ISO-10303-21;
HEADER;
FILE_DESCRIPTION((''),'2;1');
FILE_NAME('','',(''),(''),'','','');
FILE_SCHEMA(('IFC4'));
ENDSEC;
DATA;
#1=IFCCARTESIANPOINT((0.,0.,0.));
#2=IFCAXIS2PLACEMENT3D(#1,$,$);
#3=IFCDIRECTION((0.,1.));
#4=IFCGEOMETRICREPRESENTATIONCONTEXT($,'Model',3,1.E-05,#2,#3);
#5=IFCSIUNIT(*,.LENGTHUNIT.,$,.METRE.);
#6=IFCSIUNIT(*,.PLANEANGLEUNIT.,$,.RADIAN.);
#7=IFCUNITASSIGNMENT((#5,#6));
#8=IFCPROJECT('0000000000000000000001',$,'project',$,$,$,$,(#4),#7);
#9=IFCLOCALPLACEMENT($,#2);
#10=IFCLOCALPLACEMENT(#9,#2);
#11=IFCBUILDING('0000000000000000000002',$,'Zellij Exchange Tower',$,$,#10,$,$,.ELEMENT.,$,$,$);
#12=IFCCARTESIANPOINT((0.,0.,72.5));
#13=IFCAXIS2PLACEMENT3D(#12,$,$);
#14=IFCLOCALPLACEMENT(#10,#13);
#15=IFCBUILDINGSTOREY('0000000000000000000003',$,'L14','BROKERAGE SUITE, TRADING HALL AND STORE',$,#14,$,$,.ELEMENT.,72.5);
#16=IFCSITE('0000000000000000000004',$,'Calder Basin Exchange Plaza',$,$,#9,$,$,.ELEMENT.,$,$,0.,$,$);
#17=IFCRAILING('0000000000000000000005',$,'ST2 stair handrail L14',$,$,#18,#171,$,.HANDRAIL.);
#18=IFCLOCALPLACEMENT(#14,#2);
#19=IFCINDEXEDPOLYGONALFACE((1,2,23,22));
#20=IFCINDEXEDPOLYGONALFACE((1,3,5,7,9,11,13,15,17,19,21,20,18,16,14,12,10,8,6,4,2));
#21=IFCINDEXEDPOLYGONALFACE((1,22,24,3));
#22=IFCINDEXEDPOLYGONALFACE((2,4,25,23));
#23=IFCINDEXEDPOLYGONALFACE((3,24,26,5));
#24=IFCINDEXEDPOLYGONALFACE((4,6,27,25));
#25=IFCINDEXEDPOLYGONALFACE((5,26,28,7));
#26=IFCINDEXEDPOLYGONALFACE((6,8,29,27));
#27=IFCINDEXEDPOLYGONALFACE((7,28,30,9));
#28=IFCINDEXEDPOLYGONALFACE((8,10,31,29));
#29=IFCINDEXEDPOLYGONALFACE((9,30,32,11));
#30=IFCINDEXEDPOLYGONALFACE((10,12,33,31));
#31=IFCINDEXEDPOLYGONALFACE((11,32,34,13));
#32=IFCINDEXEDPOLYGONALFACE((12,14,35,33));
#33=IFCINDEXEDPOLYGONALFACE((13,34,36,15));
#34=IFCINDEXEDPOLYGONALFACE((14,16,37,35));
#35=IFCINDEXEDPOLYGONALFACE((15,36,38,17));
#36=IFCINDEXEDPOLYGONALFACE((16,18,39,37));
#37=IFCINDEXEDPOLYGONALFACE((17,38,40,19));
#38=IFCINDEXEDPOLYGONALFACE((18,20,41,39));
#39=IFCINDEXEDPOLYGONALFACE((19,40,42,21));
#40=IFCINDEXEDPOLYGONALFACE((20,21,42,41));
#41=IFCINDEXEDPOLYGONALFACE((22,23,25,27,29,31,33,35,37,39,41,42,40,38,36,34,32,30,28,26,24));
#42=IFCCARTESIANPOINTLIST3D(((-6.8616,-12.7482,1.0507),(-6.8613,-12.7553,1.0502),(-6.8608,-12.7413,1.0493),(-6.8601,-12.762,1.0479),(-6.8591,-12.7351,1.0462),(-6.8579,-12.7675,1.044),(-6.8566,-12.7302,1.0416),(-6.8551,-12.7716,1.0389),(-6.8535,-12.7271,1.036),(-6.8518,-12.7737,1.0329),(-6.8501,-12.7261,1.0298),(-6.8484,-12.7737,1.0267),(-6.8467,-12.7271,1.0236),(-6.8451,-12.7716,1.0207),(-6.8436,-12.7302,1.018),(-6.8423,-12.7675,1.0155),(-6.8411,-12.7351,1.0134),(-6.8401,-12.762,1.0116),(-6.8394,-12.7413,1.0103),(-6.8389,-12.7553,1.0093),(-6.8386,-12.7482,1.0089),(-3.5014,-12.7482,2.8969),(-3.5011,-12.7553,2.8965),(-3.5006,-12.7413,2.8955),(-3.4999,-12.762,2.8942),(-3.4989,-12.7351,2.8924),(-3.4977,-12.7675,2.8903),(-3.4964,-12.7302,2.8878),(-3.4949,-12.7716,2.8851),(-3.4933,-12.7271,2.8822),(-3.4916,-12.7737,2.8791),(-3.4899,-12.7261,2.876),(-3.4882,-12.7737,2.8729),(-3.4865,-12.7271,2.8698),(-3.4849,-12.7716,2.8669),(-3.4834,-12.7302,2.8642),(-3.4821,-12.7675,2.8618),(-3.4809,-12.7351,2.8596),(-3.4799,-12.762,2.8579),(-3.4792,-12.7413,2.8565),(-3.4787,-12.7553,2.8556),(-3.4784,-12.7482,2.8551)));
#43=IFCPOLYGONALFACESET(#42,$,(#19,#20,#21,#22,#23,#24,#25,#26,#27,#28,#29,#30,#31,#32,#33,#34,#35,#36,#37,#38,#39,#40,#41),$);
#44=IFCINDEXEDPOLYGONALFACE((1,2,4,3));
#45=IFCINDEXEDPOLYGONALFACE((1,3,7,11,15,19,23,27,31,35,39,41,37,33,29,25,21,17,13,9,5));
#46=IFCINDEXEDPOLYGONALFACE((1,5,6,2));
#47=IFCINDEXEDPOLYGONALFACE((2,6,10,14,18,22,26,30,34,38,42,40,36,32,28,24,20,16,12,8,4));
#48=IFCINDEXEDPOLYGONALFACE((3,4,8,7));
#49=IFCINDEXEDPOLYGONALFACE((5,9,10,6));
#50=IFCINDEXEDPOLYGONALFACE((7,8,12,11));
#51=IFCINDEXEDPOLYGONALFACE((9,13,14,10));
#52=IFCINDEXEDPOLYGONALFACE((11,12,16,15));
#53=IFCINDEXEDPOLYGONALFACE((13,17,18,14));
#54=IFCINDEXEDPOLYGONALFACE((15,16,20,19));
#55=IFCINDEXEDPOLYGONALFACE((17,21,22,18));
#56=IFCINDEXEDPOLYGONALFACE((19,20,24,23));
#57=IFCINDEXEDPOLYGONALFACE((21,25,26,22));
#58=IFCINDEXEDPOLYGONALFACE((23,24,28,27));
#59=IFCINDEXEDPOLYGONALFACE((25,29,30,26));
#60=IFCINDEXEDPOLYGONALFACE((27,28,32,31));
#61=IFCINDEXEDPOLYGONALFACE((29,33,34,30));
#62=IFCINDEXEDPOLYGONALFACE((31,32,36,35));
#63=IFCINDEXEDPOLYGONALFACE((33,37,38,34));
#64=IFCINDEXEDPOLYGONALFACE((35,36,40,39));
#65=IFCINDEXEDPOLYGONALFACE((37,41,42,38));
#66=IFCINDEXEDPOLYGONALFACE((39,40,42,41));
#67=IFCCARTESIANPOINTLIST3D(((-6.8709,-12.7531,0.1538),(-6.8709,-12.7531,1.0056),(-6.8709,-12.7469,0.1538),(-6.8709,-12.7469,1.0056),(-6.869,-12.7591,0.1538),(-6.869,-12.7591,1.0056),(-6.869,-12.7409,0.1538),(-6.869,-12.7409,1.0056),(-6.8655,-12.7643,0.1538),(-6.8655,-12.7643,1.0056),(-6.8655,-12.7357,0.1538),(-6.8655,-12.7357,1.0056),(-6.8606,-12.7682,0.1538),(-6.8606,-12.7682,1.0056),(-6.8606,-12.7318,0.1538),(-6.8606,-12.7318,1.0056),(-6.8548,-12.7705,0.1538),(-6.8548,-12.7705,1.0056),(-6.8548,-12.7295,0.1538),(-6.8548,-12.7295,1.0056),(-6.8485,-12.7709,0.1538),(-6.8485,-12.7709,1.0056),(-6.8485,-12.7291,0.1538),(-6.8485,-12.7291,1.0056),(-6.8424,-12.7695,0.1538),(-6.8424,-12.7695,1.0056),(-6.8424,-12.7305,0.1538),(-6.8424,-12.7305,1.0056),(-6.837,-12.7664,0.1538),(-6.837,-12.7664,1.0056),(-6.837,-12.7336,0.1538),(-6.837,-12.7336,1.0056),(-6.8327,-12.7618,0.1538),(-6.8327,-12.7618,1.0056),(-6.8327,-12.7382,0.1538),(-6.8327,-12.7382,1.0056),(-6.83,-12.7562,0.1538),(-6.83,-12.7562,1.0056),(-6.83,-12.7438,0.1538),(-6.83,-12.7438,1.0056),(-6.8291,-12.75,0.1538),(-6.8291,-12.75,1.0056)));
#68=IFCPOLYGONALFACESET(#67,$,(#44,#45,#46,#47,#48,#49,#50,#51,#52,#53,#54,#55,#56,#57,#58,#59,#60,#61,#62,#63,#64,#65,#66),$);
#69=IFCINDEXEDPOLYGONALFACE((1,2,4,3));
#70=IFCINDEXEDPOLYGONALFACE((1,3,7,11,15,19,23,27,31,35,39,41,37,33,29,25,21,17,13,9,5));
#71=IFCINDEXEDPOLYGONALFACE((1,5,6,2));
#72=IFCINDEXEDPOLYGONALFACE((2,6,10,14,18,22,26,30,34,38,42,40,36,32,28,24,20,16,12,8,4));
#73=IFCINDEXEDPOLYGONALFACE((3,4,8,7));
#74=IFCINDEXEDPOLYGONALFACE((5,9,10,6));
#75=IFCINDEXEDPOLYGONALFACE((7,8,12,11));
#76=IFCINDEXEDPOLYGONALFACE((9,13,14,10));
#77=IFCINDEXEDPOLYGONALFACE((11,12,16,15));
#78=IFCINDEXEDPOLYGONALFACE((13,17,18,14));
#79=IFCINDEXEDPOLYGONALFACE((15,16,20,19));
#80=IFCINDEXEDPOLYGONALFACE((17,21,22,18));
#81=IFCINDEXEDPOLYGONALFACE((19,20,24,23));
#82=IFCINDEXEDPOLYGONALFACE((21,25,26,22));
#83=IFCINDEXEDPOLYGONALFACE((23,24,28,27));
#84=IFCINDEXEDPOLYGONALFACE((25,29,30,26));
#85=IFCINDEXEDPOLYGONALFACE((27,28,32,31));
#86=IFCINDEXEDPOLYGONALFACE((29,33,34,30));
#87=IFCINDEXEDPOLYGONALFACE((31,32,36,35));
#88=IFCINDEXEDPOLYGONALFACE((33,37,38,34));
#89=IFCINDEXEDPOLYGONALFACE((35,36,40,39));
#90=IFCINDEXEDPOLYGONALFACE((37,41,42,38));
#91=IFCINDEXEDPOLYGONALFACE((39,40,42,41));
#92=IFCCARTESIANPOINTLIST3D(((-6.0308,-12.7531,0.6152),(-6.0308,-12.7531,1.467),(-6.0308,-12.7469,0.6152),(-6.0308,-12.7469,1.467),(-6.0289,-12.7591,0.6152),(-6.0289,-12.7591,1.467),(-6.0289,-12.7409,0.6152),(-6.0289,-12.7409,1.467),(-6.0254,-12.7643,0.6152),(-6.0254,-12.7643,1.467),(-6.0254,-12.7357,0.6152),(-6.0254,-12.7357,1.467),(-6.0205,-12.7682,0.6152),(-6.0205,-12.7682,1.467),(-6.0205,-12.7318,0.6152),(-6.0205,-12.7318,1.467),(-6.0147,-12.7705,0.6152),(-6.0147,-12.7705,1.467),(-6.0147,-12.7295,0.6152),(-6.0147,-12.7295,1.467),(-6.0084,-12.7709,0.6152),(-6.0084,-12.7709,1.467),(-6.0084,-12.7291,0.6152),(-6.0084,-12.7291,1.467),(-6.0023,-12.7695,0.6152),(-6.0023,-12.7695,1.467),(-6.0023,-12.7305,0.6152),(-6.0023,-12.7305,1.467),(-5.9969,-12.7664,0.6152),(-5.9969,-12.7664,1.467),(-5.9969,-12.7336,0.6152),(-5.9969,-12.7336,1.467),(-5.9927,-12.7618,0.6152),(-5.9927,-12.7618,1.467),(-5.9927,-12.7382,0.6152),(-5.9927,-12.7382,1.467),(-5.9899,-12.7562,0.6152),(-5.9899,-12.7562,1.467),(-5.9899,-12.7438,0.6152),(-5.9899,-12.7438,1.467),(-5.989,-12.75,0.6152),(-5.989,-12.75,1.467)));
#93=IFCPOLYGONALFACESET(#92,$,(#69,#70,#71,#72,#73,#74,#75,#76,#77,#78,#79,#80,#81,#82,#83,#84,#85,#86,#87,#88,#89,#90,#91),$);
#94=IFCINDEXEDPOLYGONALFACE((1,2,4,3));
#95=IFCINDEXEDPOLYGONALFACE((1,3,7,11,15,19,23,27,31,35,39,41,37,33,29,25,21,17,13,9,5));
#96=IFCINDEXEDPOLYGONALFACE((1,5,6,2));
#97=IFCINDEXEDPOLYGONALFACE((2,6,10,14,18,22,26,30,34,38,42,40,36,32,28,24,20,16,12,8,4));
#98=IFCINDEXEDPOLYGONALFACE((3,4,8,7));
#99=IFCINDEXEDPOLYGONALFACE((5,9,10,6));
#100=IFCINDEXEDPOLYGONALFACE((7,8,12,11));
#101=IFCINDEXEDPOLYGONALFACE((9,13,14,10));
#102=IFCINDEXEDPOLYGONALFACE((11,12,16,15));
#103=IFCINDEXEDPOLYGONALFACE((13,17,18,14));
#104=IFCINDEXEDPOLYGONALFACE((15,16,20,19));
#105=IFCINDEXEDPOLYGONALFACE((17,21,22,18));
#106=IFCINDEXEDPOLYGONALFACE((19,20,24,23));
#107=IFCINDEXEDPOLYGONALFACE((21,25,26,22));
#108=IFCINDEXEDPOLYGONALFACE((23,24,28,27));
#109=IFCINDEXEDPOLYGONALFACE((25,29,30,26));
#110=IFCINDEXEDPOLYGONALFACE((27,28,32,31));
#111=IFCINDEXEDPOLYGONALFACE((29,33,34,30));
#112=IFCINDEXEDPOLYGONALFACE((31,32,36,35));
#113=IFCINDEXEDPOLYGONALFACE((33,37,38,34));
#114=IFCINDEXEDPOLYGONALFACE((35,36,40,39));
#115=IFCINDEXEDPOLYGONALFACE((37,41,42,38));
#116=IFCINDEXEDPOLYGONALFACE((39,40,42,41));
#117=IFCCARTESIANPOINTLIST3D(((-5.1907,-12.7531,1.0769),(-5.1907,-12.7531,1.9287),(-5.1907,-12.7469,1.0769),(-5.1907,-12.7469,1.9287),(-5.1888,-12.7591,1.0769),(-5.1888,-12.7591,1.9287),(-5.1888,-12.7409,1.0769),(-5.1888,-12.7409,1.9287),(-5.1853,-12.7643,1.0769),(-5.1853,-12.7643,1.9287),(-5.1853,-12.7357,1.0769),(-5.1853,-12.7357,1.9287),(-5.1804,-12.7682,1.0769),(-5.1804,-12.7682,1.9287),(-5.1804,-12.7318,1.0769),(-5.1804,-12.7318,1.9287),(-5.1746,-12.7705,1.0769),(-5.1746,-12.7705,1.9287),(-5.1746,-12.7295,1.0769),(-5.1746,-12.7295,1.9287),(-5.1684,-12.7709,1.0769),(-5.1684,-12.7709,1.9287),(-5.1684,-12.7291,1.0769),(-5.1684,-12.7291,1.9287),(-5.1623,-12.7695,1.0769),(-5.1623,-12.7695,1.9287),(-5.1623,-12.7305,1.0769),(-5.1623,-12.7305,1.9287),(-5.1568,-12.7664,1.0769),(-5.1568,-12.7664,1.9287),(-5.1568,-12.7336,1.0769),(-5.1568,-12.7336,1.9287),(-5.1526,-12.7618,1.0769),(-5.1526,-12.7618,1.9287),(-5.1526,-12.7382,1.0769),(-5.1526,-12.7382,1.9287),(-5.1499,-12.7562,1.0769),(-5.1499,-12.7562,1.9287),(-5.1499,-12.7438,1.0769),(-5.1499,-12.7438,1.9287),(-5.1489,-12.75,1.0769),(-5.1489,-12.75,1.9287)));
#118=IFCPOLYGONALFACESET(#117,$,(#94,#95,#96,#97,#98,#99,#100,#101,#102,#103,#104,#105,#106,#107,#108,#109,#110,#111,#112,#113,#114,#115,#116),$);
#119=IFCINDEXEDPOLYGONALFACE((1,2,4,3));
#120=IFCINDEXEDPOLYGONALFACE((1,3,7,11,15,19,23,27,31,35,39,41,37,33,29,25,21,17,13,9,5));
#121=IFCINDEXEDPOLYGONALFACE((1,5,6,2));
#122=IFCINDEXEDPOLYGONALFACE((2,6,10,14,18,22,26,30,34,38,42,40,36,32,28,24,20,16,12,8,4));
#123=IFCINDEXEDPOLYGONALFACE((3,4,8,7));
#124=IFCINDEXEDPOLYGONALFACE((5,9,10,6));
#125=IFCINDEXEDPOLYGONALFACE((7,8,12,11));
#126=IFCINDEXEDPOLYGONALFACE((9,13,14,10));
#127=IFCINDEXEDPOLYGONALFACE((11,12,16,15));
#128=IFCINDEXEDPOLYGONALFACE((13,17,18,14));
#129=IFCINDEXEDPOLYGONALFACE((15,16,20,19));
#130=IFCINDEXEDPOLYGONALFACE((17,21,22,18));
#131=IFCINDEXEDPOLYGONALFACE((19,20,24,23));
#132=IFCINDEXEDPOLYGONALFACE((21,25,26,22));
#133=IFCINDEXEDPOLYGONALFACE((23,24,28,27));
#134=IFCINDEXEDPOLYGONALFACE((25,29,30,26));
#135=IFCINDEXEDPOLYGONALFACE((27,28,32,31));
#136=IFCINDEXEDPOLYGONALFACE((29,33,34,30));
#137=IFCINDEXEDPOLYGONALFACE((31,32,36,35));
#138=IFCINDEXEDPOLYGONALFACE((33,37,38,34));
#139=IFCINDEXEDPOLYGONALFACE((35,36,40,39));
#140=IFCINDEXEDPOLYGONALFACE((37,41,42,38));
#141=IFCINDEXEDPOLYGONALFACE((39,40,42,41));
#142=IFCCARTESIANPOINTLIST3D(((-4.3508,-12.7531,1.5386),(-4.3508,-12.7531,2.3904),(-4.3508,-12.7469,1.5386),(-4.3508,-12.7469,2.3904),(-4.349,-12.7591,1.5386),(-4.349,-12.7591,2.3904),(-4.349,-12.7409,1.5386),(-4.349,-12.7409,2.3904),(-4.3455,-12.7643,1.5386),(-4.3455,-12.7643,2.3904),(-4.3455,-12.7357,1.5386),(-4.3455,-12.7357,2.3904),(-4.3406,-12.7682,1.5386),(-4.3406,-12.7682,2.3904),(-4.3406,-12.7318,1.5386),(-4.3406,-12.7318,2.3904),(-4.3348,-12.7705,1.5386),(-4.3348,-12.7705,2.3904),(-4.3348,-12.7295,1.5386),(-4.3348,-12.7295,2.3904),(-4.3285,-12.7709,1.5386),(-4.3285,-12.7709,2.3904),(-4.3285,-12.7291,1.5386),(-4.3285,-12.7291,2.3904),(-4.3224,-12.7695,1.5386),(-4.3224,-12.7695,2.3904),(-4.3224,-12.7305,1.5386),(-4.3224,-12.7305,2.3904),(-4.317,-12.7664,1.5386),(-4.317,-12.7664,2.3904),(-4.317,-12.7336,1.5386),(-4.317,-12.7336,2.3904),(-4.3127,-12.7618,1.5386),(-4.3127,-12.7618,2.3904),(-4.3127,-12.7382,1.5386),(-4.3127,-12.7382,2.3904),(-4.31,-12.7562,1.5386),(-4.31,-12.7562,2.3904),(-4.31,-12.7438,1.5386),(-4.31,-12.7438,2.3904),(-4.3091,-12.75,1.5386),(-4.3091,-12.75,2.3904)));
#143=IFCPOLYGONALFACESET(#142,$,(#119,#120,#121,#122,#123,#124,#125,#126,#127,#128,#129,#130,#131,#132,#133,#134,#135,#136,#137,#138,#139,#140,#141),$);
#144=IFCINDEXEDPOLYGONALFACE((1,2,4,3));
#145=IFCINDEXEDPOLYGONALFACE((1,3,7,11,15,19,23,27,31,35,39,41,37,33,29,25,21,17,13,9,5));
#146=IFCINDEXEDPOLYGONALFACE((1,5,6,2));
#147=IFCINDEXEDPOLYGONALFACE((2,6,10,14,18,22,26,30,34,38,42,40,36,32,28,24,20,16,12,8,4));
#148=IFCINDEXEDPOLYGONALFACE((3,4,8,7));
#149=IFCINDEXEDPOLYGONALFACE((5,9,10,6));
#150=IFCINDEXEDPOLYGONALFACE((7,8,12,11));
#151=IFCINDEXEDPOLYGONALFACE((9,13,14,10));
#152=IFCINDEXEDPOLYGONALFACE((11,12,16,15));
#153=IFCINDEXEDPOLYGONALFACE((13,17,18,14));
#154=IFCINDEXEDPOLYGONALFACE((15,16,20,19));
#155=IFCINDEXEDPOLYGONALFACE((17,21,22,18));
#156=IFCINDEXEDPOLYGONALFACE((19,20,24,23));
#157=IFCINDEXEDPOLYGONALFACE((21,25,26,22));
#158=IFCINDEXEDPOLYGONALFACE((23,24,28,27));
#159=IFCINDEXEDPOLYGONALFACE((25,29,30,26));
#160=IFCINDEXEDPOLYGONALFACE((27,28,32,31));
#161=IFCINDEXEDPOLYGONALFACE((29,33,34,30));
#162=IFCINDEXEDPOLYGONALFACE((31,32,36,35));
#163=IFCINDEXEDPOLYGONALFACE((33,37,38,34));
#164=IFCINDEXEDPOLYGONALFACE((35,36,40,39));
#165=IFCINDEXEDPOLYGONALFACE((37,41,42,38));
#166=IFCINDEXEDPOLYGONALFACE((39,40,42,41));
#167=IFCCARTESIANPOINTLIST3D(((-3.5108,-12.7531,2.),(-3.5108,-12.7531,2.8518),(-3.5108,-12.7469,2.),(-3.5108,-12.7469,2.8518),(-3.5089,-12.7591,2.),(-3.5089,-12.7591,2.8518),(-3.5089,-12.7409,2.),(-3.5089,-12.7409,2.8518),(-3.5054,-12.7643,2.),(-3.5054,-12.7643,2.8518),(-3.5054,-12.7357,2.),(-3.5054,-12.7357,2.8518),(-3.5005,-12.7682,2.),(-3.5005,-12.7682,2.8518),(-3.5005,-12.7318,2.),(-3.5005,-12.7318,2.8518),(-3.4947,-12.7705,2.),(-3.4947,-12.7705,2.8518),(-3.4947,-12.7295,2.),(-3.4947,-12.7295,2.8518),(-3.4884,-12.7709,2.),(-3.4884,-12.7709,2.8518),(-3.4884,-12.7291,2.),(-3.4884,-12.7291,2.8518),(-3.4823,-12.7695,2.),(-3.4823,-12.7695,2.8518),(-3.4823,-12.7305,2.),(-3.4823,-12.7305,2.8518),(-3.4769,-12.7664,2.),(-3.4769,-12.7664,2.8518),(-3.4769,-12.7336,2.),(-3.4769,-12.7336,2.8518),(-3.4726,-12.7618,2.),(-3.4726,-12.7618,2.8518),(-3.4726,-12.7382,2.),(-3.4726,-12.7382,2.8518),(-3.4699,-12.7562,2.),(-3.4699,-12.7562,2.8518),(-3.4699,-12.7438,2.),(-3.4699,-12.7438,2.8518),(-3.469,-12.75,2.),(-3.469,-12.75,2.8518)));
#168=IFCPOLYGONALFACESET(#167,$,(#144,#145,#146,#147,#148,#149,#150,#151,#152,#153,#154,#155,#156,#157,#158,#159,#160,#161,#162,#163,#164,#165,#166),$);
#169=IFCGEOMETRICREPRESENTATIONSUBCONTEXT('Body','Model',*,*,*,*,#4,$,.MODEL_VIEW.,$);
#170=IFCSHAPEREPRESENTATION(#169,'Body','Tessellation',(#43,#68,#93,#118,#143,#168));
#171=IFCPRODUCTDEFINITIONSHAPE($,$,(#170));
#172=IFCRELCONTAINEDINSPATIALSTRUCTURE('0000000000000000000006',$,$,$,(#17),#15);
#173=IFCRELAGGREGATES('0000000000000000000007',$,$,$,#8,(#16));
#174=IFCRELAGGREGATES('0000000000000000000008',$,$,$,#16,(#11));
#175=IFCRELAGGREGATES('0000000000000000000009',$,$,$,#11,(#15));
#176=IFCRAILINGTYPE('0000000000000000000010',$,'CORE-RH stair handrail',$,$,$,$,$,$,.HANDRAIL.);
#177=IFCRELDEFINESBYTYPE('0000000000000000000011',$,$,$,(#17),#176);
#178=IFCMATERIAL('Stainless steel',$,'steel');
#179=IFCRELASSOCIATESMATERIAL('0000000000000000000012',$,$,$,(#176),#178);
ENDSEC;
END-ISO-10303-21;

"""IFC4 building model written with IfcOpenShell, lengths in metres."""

from ifc_helpers import new_model, si_unit, direction, frame, origin, origin_2d, place, context, subcontext, project, spatial, circle, extrude, material, type_object, element, save


model = new_model("IFC4")

# Units and contexts
model_context = context("Model", 3, precision=1e-05, world=origin(), true_north=direction((0.0, 1.0)))
body_context = subcontext(model_context, "Body", "Model", "MODEL_VIEW")
ifc_project = project(units=[si_unit("LENGTHUNIT", "METRE"), si_unit("PLANEANGLEUNIT", "RADIAN")], contexts=[model_context])

# Site, building, storey
site_placement = place(None, origin())
site = spatial("IfcSite", under=ifc_project, at=site_placement, Name="Calder Basin Exchange Plaza", CompositionType="ELEMENT", RefElevation=0.0)
building_placement = place(site_placement, origin())
building = spatial("IfcBuilding", under=site, at=building_placement, Name="Zellij Exchange Tower", CompositionType="ELEMENT")
storey_placement = place(building_placement, frame((0.0, 0.0, 72.5)))
storey = spatial("IfcBuildingStorey", under=building, at=storey_placement, Name="L14", Description="BROKERAGE SUITE, TRADING HALL AND STORE", CompositionType="ELEMENT", Elevation=72.5)

# Railing
ifc_material_1 = material(Name="Stainless steel", Category="steel")
railing_type_1 = type_object("IfcRailingType", Name="CORE-RH stair handrail", PredefinedType="HANDRAIL", material=ifc_material_1)
railing_1_placement = place(storey_placement, frame((-6.8501, -12.75, 0.1538)))
element("IfcRailing", 1, at=railing_1_placement, inside=storey, type_object=railing_type_1, Name="ST2 stair handrail L14", PredefinedType="HANDRAIL", context=body_context, shape_type="SweptSolid", body=[
    extrude(circle(Radius=0.0239, at=origin_2d()), frame((0.0, 0.0, 0.876), z_axis=(0.876422, 0.0, 0.481545), x_axis=(0.0, 1.0, 0.0)), (0.0, 0.0, 1.0), 3.834),
    extrude(circle(Radius=0.021, at=origin_2d()), origin(), (0.0, 0.0, 1.0), 0.8518),
    extrude(circle(Radius=0.021, at=origin_2d()), frame((0.8401, 0.0, 0.4614)), (0.0, 0.0, 1.0), 0.8518),
    extrude(circle(Radius=0.021, at=origin_2d()), frame((1.6802, 0.0, 0.9231)), (0.0, 0.0, 1.0), 0.8518),
    extrude(circle(Radius=0.021, at=origin_2d()), frame((2.52, 0.0, 1.3848)), (0.0, 0.0, 1.0), 0.8518),
    extrude(circle(Radius=0.021, at=origin_2d()), frame((3.3601, 0.0, 1.8462)), (0.0, 0.0, 1.0), 0.8518),
])

save(model, "model.ifc")
